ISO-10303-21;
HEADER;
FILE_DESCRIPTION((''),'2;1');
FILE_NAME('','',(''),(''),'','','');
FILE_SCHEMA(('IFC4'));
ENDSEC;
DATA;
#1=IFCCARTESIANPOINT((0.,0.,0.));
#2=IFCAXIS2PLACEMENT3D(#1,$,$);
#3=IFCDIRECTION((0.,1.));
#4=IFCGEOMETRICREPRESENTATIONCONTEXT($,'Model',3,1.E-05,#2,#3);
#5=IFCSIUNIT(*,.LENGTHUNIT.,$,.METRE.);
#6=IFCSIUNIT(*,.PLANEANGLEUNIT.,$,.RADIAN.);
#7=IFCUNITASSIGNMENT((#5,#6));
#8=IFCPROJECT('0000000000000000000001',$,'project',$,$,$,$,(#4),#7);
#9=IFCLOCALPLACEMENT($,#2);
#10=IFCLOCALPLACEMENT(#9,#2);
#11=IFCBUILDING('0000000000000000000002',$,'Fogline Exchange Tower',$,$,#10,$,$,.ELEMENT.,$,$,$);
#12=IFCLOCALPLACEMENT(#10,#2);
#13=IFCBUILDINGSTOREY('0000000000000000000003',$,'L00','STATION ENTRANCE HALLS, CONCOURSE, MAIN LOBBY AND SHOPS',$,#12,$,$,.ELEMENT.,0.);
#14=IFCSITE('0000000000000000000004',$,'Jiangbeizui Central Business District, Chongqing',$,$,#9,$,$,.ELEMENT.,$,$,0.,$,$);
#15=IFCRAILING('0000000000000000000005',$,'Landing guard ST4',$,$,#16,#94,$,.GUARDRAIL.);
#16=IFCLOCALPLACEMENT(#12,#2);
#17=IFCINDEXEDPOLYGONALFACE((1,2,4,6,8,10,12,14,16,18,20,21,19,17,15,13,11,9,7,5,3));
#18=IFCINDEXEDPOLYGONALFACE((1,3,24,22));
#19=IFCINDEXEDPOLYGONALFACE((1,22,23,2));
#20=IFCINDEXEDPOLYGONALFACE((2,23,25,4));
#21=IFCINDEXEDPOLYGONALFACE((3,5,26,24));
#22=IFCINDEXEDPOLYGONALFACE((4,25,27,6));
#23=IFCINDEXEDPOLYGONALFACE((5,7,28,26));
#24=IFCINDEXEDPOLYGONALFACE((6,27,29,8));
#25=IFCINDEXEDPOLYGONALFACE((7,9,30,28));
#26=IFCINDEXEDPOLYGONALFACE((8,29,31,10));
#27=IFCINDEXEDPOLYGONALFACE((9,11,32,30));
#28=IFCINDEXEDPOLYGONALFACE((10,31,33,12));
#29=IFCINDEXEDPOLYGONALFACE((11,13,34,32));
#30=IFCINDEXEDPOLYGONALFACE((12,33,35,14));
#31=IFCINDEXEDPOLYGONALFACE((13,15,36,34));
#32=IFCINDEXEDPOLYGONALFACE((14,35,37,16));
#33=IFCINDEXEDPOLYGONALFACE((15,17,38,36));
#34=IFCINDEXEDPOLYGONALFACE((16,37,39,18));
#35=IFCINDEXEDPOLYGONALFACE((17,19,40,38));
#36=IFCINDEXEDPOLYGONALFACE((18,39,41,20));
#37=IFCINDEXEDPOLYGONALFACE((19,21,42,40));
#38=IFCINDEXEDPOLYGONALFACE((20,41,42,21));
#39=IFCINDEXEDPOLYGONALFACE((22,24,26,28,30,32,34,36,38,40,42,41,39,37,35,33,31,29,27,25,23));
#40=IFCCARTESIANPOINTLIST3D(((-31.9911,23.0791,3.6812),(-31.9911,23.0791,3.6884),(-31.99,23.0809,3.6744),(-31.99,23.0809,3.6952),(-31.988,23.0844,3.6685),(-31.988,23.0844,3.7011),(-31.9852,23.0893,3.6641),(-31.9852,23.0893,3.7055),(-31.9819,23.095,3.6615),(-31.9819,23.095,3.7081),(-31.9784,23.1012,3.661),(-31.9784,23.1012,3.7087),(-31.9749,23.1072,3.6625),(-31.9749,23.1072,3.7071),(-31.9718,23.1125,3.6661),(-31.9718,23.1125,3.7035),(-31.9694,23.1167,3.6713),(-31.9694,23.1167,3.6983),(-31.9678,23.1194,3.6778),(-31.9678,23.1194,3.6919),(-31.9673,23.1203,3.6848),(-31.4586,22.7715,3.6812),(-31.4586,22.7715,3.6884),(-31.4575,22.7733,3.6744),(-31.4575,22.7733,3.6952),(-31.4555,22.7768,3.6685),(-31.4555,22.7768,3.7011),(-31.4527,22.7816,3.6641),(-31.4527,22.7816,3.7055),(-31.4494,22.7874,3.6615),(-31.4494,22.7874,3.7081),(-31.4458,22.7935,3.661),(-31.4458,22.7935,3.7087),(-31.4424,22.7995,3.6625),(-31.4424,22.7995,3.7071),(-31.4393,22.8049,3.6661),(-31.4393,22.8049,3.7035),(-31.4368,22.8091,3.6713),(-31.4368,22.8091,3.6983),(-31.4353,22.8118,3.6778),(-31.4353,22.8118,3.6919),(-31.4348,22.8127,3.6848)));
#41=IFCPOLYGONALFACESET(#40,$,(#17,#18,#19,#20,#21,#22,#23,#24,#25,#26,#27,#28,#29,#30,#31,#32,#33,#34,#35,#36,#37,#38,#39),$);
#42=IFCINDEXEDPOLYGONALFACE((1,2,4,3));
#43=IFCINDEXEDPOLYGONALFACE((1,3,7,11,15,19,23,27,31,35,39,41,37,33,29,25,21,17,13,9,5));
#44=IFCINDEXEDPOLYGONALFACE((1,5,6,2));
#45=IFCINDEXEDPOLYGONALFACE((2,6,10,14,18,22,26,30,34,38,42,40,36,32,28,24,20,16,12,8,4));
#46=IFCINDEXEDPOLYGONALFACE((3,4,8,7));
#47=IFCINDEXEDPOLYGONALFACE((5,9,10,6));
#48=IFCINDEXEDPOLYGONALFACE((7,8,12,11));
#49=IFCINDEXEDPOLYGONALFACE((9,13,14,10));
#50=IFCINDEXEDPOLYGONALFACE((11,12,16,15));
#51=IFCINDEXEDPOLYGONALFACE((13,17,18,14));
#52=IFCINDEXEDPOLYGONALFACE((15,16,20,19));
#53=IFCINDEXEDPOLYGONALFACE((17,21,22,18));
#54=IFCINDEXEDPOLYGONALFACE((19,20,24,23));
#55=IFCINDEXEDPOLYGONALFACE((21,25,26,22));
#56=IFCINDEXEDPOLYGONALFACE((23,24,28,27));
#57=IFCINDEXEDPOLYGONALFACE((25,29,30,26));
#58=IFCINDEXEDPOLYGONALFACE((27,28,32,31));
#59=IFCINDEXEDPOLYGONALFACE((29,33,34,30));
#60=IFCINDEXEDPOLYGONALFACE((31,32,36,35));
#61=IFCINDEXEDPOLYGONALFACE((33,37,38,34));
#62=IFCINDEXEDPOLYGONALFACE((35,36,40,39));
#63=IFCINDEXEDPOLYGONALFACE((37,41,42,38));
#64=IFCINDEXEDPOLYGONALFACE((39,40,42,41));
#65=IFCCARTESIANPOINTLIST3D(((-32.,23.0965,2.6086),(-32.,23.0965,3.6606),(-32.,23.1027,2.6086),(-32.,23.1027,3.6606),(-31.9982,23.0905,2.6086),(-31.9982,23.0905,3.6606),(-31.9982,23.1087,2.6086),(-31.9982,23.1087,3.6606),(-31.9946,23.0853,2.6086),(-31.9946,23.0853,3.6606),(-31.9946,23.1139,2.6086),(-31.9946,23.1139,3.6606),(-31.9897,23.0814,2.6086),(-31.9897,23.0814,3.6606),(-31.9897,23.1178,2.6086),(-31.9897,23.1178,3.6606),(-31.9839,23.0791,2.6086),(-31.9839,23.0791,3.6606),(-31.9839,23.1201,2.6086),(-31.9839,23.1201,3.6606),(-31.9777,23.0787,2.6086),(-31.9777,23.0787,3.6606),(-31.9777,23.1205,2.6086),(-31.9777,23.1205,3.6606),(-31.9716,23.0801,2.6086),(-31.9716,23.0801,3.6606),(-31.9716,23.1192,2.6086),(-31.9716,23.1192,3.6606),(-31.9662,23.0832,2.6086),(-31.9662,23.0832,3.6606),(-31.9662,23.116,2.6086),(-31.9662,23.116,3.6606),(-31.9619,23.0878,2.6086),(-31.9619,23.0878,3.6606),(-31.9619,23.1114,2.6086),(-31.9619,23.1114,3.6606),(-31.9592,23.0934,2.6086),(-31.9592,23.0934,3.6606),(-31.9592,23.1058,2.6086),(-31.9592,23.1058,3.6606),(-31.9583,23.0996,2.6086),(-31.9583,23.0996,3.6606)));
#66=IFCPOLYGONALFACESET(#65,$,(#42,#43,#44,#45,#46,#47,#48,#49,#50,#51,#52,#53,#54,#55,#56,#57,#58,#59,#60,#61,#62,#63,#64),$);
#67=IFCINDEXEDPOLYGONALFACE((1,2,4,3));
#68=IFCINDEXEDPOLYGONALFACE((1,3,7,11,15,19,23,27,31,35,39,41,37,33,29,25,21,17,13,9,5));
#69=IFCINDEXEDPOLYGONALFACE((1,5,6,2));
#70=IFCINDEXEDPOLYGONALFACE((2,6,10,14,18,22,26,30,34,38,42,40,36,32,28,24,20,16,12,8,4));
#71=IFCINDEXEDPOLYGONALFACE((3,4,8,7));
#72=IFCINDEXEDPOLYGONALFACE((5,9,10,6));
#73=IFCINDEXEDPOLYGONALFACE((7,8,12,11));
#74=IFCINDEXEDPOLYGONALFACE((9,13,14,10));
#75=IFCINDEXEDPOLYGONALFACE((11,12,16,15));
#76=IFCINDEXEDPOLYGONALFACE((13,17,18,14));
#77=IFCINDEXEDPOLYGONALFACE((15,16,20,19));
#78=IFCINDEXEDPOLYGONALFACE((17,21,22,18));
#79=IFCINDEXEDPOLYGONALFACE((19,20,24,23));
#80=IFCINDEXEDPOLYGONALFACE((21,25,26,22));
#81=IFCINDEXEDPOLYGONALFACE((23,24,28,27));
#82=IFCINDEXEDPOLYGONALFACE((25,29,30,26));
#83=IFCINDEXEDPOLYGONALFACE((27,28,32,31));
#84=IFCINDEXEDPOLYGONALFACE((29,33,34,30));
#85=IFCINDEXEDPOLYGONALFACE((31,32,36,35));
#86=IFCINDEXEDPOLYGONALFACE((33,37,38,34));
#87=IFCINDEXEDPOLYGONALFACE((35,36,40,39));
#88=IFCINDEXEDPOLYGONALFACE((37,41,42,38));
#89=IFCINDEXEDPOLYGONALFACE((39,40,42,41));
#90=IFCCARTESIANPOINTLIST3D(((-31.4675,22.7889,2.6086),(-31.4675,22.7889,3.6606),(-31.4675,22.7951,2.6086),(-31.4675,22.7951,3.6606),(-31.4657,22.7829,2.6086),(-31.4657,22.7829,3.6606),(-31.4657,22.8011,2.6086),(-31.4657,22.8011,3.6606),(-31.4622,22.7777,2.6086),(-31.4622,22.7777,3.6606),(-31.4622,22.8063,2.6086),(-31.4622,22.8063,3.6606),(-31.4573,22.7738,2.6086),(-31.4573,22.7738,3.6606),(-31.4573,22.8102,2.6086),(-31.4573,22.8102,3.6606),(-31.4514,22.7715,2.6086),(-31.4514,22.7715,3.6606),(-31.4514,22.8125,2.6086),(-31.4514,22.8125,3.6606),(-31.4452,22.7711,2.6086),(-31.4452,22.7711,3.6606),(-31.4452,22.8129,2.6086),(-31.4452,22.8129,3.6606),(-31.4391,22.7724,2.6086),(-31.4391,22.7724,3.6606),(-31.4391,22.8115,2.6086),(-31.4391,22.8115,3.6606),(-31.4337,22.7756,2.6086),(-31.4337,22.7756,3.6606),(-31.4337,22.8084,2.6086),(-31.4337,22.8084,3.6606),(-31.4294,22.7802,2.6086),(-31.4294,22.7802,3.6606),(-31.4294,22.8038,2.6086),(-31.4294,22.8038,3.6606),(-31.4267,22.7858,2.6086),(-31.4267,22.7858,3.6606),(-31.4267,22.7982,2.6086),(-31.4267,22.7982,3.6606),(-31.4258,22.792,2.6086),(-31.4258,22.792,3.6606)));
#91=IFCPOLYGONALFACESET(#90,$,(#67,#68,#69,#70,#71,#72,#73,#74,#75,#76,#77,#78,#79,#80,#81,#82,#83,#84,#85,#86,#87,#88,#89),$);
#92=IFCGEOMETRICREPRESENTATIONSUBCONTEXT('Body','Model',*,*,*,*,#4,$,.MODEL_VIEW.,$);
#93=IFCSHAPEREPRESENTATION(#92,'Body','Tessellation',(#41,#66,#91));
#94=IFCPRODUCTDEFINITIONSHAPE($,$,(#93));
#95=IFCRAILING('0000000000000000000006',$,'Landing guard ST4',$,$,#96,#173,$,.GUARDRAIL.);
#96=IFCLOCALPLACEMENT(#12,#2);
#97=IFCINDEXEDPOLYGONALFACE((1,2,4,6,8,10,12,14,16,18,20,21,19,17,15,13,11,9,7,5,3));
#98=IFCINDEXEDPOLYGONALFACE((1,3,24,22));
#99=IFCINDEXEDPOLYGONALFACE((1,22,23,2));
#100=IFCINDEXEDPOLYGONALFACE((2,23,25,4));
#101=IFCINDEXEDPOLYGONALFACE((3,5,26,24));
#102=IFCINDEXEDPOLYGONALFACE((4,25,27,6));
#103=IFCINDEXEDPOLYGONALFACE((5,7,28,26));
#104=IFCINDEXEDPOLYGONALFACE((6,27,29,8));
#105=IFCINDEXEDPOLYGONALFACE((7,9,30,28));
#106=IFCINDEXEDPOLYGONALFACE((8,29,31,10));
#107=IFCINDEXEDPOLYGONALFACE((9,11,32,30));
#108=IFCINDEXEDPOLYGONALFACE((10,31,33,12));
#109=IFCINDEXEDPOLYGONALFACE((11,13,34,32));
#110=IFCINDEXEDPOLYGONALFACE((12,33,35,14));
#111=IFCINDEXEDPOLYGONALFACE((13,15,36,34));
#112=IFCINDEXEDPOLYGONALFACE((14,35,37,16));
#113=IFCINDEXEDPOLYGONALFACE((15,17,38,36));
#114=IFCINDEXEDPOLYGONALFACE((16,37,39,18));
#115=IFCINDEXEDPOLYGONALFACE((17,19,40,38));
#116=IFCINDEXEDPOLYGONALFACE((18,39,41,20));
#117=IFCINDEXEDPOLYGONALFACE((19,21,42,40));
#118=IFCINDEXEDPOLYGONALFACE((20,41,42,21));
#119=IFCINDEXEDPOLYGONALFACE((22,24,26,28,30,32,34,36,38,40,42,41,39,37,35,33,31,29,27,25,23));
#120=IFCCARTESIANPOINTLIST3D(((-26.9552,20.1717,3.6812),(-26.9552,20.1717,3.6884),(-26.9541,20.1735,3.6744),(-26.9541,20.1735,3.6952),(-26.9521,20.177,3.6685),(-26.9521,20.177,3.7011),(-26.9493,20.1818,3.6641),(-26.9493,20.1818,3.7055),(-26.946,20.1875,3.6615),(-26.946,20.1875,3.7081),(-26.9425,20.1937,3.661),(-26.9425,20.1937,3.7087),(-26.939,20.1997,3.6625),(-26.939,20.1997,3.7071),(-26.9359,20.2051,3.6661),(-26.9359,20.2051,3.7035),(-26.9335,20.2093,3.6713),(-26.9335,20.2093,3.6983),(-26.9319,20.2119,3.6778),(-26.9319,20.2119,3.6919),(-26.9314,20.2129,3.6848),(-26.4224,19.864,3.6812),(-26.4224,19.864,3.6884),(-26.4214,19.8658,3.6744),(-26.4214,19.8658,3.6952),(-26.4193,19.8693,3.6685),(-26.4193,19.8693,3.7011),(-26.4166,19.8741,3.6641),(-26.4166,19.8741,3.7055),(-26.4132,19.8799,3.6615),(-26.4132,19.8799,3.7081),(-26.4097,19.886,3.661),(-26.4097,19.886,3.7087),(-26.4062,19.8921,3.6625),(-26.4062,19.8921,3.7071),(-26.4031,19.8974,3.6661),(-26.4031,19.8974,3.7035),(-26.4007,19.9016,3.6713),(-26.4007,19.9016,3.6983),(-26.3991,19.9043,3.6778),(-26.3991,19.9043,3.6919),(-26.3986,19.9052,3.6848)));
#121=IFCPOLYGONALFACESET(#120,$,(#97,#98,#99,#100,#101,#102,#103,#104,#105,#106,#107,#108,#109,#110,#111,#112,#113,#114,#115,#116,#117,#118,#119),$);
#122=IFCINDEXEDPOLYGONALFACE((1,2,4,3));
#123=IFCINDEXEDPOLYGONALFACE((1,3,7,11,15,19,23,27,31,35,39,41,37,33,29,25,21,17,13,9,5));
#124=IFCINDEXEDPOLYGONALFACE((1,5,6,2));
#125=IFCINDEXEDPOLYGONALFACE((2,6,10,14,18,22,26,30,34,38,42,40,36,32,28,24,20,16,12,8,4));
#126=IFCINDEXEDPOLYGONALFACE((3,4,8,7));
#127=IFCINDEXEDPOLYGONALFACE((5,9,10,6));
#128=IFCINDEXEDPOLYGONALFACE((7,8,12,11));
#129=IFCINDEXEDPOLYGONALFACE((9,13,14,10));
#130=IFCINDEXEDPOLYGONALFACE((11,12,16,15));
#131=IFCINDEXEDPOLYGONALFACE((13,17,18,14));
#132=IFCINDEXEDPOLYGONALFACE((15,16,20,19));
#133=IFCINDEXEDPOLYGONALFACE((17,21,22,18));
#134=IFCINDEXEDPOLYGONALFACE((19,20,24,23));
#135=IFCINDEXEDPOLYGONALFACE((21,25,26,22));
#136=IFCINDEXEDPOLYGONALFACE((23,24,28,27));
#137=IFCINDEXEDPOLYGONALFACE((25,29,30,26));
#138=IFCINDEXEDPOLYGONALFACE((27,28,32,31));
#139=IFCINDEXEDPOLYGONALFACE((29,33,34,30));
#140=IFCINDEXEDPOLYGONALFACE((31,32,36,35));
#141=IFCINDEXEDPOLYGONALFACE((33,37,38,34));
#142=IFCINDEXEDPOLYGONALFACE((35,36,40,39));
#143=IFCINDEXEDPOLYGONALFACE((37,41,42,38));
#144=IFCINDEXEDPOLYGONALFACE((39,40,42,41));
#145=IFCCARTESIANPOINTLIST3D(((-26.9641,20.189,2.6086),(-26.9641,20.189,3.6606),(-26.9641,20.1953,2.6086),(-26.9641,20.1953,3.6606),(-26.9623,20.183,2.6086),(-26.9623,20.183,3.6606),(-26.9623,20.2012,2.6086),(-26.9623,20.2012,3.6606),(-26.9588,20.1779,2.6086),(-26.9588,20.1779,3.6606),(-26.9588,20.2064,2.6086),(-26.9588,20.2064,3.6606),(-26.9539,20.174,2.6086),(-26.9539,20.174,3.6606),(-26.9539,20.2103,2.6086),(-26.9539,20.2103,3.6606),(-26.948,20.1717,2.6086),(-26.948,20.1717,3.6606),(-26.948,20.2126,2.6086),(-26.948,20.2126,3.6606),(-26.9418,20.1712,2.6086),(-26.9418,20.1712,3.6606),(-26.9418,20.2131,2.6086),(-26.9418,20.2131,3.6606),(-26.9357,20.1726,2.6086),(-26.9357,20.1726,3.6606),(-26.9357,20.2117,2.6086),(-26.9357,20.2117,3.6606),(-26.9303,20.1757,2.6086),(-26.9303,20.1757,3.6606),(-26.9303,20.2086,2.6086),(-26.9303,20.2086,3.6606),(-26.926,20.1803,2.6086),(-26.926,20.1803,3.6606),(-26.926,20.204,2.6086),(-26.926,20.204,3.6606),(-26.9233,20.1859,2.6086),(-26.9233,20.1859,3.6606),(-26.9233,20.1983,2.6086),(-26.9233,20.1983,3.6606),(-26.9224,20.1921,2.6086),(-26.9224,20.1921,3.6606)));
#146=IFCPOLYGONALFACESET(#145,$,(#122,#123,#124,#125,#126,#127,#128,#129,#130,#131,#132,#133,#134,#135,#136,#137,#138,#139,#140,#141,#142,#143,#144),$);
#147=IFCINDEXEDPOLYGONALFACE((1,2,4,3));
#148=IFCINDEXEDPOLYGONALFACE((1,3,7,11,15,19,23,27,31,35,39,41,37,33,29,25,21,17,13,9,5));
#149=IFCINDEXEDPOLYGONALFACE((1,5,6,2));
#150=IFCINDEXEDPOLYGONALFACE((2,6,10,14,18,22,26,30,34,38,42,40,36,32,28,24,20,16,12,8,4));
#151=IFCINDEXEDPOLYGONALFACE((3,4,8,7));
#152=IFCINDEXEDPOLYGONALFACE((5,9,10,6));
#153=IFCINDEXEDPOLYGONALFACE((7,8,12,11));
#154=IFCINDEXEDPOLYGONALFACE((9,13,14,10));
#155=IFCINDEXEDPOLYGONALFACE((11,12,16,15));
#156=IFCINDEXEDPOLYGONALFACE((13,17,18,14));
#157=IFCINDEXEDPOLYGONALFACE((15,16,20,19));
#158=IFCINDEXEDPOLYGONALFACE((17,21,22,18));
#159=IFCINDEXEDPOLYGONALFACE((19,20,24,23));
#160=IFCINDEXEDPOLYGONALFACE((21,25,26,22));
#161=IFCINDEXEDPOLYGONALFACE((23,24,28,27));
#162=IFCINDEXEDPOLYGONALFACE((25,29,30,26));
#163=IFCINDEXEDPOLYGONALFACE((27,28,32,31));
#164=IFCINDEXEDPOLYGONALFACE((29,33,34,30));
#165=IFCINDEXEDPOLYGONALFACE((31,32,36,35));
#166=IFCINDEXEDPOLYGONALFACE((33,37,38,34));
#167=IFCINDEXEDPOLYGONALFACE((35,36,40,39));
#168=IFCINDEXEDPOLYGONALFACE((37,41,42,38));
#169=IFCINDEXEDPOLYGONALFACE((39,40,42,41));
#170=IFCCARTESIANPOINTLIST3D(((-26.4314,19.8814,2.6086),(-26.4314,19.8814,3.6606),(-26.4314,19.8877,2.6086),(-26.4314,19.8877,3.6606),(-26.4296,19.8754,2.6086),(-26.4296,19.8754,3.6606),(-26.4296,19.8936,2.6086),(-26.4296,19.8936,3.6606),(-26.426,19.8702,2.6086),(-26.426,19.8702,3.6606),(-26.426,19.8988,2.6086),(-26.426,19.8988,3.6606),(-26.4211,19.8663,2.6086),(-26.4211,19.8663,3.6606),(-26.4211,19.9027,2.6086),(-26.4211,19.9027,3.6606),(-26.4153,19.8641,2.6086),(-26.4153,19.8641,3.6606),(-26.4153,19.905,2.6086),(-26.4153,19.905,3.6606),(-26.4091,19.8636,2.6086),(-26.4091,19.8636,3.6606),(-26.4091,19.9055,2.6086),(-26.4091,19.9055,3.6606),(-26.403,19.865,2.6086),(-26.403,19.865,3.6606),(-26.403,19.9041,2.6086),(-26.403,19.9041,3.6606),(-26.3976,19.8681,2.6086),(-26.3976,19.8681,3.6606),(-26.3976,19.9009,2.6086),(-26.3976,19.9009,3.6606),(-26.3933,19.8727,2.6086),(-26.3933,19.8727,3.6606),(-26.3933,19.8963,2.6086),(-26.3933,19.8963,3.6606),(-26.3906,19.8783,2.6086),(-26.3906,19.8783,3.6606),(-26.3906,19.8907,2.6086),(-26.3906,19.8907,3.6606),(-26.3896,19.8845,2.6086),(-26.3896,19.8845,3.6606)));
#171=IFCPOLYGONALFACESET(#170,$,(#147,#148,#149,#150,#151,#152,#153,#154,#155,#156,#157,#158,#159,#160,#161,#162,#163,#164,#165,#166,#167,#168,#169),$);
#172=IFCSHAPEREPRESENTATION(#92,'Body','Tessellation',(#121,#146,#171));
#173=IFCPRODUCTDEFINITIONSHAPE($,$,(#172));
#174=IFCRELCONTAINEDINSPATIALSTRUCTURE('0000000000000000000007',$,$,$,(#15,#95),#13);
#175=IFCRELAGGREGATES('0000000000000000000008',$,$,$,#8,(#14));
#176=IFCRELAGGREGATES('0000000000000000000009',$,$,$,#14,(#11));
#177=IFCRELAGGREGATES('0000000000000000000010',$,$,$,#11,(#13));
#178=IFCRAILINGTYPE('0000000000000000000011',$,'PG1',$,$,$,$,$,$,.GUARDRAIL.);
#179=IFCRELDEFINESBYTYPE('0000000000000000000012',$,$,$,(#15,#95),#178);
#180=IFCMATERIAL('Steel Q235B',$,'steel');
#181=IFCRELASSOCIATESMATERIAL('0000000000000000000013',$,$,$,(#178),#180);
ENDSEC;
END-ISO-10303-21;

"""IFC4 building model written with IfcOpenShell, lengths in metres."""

from ifc_helpers import new_model, si_unit, direction, frame, origin, origin_2d, place, context, subcontext, project, spatial, circle, extrude, material, type_object, element, save


model = new_model("IFC4")

# Units and contexts
model_context = context("Model", 3, precision=1e-05, world=origin(), true_north=direction((0.0, 1.0)))
body_context = subcontext(model_context, "Body", "Model", "MODEL_VIEW")
ifc_project = project(units=[si_unit("LENGTHUNIT", "METRE"), si_unit("PLANEANGLEUNIT", "RADIAN")], contexts=[model_context])

# Site, building, storey
site_placement = place(None, origin())
site = spatial("IfcSite", under=ifc_project, at=site_placement, Name="Jiangbeizui Central Business District, Chongqing", CompositionType="ELEMENT", RefElevation=0.0)
building_placement = place(site_placement, origin())
building = spatial("IfcBuilding", under=site, at=building_placement, Name="Fogline Exchange Tower", CompositionType="ELEMENT")
storey_placement = place(building_placement, origin())
storey = spatial("IfcBuildingStorey", under=building, at=storey_placement, Name="L00", Description="STATION ENTRANCE HALLS, CONCOURSE, MAIN LOBBY AND SHOPS", CompositionType="ELEMENT", Elevation=0.0)

# Shared definitions
ifc_material_1 = material(Name="Steel Q235B", Category="steel")

# Railings
railing_type_1 = type_object("IfcRailingType", Name="PG1", PredefinedType="GUARDRAIL", material=ifc_material_1)
railing_1_placement = place(storey_placement, frame((-31.9792, 23.0996, 2.6086)))
element("IfcRailing", 1, at=railing_1_placement, inside=storey, type_object=railing_type_1, Name="Landing guard ST4", PredefinedType="GUARDRAIL", context=body_context, shape_type="SweptSolid", body=[
    extrude(circle(Radius=0.0239, at=origin_2d()), frame((0.0, 0.0, 1.0762), z_axis=(0.865888, -0.500238, 0.0), x_axis=(0.500238, 0.865888, 0.0)), (0.0, 0.0, 1.0), 0.615),
    extrude(circle(Radius=0.021, at=origin_2d()), origin(), (0.0, 0.0, 1.0), 1.052),
    extrude(circle(Radius=0.021, at=origin_2d()), frame((0.5325, -0.3076, 0.0)), (0.0, 0.0, 1.0), 1.052),
])
railing_2_placement = place(storey_placement, frame((-26.9434, 20.1921, 2.6086)))
element("IfcRailing", 2, at=railing_2_placement, inside=storey, type_object=railing_type_1, Name="Landing guard ST4", PredefinedType="GUARDRAIL", context=body_context, shape_type="SweptSolid", body=[
    extrude(circle(Radius=0.0239, at=origin_2d()), frame((0.0, 0.0, 1.0762), z_axis=(0.865987, -0.500066, 0.0), x_axis=(0.500066, 0.865987, 0.0)), (0.0, 0.0, 1.0), 0.6152),
    extrude(circle(Radius=0.021, at=origin_2d()), origin(), (0.0, 0.0, 1.0), 1.052),
    extrude(circle(Radius=0.021, at=origin_2d()), frame((0.5327, -0.3076, 0.0)), (0.0, 0.0, 1.0), 1.052),
])

save(model, "model.ifc")
